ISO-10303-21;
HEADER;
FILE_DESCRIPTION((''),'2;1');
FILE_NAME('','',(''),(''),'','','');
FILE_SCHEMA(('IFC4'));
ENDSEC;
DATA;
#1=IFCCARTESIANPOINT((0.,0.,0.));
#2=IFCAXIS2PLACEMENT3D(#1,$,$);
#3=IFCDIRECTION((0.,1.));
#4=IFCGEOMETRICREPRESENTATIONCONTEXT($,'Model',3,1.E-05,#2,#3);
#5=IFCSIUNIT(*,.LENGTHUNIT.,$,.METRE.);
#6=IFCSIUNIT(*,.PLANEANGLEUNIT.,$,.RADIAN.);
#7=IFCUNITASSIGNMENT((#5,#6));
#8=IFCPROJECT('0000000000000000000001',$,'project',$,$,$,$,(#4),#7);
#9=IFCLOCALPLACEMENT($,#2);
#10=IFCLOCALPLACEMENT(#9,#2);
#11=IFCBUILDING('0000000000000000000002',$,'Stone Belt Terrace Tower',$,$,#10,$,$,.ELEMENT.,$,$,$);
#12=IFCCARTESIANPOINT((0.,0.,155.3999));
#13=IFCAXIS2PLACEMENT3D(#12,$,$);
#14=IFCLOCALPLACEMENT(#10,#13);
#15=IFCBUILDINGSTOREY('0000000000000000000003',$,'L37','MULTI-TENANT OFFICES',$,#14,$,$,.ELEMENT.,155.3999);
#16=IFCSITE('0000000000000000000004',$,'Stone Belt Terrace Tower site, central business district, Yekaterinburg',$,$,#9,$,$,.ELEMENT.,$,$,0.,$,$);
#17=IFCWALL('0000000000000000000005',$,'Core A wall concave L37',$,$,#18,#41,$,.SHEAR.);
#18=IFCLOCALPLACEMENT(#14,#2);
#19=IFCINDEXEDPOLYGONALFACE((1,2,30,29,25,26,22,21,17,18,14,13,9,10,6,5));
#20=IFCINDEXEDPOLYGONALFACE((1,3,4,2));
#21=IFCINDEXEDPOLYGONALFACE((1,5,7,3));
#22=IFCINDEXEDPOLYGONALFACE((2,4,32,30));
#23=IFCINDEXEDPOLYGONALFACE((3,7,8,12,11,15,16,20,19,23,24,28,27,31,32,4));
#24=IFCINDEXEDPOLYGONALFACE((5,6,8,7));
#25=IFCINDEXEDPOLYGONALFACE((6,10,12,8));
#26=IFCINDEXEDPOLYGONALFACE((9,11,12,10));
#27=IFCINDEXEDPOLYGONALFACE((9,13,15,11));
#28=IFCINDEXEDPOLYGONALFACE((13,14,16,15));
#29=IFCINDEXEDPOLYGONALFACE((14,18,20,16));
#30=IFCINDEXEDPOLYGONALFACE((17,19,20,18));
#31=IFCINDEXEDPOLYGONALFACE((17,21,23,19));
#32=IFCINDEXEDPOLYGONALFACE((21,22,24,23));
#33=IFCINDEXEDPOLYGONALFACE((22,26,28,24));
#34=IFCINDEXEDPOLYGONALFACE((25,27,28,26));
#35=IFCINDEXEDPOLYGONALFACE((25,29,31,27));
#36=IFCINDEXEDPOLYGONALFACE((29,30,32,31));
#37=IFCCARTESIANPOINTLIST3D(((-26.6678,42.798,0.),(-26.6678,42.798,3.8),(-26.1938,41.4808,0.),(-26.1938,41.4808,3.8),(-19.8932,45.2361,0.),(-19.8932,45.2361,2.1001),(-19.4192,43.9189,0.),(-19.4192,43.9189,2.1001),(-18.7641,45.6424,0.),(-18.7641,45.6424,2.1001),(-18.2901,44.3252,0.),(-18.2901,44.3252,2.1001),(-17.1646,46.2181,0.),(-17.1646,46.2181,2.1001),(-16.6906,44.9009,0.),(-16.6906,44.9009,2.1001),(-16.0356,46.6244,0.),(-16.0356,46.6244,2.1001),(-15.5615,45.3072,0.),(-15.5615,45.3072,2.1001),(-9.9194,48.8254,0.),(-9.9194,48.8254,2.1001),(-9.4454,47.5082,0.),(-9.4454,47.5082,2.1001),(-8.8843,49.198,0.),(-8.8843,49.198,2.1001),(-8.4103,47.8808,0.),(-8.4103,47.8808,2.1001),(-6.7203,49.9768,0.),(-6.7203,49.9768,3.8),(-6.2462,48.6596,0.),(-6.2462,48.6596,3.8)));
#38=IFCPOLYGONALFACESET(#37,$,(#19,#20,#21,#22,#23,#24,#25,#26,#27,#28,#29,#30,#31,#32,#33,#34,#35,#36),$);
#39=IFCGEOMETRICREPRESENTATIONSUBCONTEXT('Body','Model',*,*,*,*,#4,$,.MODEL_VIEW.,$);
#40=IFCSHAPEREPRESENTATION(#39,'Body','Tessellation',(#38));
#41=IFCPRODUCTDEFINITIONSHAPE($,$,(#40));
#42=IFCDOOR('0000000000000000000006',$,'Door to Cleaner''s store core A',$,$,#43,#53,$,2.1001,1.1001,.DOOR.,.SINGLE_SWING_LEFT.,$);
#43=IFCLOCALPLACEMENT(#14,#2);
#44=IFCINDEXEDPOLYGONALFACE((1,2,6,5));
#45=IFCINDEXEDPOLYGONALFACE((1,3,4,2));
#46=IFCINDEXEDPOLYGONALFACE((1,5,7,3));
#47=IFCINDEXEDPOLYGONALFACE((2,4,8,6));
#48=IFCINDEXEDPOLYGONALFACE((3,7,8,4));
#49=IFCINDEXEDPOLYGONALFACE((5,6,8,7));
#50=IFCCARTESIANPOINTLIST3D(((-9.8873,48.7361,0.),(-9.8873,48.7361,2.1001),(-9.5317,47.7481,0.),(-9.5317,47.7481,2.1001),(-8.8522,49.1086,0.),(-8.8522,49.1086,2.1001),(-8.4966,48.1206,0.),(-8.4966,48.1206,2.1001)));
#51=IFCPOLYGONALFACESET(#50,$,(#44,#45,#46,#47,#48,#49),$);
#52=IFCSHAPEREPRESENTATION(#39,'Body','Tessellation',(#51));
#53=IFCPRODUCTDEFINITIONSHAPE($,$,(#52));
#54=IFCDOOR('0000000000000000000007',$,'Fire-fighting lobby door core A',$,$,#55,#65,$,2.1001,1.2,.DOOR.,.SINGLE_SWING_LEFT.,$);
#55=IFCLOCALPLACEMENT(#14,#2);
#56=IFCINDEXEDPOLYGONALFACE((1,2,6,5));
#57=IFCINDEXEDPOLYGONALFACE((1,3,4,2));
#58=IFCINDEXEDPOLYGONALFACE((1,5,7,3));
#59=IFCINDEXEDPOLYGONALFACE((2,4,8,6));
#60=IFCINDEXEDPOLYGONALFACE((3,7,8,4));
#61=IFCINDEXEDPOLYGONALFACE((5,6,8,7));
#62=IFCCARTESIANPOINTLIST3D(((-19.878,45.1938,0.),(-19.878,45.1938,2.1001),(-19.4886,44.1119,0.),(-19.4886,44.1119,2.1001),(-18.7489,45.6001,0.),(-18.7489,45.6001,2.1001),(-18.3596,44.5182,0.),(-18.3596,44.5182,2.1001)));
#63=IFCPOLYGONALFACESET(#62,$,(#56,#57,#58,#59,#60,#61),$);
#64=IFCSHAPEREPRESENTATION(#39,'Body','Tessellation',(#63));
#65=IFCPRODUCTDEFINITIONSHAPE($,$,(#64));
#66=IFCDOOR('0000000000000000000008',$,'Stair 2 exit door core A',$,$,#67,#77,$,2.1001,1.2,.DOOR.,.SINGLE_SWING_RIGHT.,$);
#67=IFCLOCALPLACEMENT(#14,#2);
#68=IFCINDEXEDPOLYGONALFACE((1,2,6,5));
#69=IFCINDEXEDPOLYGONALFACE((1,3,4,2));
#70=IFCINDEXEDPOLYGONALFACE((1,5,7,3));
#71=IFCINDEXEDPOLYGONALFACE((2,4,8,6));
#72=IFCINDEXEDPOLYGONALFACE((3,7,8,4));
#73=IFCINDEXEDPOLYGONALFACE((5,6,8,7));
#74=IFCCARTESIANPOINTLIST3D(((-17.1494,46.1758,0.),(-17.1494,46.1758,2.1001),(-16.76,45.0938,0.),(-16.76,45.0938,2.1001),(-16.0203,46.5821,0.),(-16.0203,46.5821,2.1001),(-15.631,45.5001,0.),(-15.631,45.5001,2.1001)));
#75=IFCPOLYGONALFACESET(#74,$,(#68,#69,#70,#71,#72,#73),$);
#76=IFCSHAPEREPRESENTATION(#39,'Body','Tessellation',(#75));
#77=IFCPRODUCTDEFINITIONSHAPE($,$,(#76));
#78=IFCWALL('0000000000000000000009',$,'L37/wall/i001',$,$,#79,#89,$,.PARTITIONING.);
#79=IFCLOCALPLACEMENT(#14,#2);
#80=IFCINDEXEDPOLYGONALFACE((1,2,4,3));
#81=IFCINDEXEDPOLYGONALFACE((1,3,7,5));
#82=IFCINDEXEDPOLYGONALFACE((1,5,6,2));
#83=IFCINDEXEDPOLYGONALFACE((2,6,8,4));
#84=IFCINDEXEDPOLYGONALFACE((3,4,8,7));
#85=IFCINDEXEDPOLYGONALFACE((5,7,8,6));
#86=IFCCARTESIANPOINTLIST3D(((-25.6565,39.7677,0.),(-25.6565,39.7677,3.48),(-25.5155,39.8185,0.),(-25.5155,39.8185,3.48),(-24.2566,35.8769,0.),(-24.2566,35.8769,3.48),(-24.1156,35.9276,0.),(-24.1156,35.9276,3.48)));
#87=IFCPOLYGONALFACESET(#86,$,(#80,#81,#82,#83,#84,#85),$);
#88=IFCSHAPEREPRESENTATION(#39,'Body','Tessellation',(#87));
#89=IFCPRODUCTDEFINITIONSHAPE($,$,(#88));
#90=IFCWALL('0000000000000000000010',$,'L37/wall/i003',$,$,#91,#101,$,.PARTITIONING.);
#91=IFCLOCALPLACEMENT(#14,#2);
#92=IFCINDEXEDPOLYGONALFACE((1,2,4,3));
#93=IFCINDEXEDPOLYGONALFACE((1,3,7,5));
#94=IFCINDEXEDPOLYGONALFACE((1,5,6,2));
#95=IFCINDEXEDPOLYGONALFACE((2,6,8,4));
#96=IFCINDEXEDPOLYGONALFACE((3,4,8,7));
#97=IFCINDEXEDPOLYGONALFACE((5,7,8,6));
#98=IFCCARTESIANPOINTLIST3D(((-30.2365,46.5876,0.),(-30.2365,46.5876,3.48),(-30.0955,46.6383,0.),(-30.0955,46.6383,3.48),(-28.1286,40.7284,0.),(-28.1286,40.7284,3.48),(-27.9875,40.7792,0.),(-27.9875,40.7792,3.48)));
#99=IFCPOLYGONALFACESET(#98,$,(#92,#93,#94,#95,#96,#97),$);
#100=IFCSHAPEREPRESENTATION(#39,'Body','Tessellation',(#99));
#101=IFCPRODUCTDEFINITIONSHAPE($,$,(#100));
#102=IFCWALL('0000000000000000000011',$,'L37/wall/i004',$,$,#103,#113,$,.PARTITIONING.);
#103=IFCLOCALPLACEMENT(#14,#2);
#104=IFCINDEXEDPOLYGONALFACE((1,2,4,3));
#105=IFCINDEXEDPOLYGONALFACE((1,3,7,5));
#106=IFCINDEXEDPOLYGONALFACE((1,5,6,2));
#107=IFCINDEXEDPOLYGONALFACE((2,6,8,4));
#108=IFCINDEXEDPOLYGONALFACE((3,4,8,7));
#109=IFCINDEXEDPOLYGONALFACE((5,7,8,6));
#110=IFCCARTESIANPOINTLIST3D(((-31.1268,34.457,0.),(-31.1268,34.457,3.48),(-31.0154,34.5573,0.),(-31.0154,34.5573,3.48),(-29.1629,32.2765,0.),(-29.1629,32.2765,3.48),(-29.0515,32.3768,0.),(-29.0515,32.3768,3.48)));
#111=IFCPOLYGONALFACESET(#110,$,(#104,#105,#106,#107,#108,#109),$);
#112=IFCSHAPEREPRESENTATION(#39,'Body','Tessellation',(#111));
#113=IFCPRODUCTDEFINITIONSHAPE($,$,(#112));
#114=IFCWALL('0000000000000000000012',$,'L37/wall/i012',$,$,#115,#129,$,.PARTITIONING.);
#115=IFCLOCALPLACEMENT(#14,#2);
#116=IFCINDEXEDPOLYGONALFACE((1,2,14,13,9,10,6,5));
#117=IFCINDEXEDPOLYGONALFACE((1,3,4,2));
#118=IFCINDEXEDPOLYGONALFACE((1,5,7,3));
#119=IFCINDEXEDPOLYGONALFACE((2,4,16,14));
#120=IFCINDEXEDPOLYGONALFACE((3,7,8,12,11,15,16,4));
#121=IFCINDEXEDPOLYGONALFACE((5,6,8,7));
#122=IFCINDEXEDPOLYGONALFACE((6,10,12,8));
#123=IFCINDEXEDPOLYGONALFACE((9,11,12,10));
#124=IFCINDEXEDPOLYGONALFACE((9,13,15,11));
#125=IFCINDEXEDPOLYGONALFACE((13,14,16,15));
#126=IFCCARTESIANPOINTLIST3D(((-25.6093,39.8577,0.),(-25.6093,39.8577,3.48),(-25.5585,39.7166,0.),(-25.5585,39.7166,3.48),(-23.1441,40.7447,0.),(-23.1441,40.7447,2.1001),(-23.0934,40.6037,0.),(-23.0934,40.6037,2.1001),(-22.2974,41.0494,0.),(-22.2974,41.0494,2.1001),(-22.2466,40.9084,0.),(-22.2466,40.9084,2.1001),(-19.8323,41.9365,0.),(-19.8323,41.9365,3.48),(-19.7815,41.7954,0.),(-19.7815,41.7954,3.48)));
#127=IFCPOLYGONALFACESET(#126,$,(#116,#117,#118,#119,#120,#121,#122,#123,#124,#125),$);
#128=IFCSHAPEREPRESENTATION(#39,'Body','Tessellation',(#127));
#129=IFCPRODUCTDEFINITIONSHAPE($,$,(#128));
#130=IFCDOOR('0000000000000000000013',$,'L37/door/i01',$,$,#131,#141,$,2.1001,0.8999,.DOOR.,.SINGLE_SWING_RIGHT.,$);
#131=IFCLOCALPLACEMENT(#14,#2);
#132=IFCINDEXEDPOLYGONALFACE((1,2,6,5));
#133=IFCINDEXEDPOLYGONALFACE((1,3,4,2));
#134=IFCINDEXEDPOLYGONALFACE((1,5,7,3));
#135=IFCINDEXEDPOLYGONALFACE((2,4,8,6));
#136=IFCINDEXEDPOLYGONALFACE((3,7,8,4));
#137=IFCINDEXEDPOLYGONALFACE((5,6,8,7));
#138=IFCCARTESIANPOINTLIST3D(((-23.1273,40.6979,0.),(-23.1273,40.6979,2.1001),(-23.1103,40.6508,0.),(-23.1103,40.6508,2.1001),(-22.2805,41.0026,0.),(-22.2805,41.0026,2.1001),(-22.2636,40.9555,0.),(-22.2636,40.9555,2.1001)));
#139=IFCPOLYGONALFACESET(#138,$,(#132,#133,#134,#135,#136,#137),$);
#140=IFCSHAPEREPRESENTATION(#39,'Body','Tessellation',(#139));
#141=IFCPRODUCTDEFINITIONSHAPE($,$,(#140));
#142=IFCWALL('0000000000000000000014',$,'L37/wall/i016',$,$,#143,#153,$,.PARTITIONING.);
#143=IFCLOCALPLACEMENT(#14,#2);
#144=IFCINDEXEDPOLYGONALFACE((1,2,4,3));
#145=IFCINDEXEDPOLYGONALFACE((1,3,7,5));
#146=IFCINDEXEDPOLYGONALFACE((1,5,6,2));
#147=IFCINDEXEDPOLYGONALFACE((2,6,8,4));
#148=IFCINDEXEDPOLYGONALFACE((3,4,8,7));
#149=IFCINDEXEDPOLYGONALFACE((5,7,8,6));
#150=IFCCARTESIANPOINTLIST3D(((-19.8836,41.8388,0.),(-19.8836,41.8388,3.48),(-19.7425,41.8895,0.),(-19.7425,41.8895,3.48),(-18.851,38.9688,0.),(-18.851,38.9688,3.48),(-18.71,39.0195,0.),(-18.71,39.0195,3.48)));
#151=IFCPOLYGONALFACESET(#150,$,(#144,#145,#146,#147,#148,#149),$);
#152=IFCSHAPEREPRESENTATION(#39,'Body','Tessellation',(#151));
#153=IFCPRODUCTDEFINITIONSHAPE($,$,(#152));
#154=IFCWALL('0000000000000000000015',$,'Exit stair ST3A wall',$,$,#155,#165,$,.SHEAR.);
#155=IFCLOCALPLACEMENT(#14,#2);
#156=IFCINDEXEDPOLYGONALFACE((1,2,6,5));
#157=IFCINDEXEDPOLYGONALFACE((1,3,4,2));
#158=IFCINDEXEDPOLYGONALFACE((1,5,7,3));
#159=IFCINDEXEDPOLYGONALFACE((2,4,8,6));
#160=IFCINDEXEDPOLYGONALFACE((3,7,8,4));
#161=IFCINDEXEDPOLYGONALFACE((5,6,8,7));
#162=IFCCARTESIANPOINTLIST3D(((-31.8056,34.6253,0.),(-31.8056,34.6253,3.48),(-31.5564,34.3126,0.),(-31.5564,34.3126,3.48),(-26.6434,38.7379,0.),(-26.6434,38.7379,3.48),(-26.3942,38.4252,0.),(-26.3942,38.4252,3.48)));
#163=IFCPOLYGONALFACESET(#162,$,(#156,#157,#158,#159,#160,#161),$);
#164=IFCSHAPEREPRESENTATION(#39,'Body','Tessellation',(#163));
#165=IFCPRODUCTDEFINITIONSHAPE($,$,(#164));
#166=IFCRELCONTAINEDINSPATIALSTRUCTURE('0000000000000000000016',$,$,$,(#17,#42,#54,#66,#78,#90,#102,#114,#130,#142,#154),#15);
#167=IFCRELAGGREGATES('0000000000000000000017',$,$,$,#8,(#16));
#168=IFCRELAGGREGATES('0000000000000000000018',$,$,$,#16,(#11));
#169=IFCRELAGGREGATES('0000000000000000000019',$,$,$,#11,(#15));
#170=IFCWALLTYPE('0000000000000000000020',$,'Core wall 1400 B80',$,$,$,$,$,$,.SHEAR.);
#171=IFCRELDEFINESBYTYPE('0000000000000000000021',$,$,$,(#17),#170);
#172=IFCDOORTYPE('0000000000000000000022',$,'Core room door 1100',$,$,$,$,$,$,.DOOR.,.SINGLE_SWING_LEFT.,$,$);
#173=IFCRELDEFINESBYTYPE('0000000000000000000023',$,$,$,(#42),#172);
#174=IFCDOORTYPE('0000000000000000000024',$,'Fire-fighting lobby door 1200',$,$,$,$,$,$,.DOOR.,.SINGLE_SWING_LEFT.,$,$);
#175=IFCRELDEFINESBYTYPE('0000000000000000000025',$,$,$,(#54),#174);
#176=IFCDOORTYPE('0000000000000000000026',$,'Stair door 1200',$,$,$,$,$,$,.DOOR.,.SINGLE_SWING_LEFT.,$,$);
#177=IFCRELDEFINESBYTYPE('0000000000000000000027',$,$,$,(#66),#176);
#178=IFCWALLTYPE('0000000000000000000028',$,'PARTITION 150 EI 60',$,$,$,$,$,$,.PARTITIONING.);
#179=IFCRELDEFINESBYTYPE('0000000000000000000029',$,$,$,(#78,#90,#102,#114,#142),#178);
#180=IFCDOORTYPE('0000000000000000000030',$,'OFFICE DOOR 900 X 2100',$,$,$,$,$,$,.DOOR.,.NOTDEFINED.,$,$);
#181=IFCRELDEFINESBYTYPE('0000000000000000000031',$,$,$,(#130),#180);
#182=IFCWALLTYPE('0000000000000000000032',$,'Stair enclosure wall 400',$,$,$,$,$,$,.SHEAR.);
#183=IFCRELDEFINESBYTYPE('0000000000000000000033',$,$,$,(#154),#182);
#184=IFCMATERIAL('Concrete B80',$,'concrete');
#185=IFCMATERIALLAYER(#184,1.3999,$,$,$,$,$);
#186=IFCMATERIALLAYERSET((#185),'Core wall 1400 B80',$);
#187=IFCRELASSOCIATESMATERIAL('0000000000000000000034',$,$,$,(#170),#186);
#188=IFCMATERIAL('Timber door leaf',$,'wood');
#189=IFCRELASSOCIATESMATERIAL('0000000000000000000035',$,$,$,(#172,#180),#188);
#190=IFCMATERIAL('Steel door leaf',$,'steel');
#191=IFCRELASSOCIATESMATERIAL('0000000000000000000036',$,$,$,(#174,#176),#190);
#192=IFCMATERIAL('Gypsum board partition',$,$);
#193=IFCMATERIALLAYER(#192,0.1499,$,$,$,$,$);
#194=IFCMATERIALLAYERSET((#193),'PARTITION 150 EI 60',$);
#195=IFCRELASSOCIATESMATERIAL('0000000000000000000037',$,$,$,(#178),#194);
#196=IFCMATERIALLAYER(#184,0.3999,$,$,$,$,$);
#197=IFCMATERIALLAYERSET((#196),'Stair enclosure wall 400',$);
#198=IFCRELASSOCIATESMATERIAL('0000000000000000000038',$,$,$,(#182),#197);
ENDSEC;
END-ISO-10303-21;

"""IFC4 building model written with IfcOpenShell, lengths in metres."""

from ifc_helpers import new_model, si_unit, direction, frame, frame_2d, origin, place, context, subcontext, project, spatial, rectangle, extrude, material, layer, layer_set, type_object, element, fill, save


model = new_model("IFC4")

# Units and contexts
model_context = context("Model", 3, precision=1e-05, world=origin(), true_north=direction((0.0, 1.0)))
body_context = subcontext(model_context, "Body", "Model", "MODEL_VIEW")
ifc_project = project(units=[si_unit("LENGTHUNIT", "METRE"), si_unit("PLANEANGLEUNIT", "RADIAN")], contexts=[model_context])

# Site, building, storey
site_placement = place(None, origin())
site = spatial("IfcSite", under=ifc_project, at=site_placement, Name="Stone Belt Terrace Tower site, central business district, Yekaterinburg", CompositionType="ELEMENT", RefElevation=0.0)
building_placement = place(site_placement, origin())
building = spatial("IfcBuilding", under=site, at=building_placement, Name="Stone Belt Terrace Tower", CompositionType="ELEMENT")
storey_placement = place(building_placement, frame((0.0, 0.0, 155.3999)))
storey = spatial("IfcBuildingStorey", under=building, at=storey_placement, Name="L37", Description="MULTI-TENANT OFFICES", CompositionType="ELEMENT", Elevation=155.3999)

# Shared definitions
ifc_material_1 = material(Name="Concrete B80", Category="concrete")

# Wall, openings, doors
ifc_layer_1 = layer(ifc_material_1, 1.3999)
ifc_layer_set_1 = layer_set([ifc_layer_1], Name="Core wall 1400 B80")
wall_type_1 = type_object("IfcWallType", Name="Core wall 1400 B80", PredefinedType="SHEAR", material=ifc_layer_set_1)
wall_1_placement = place(storey_placement, frame((-26.4309, 42.1394, 0.0), z_axis=(0.0, 0.0, 1.0), x_axis=(0.940923, 0.33862, 0.0)))
wall_1 = element("IfcWall", 1, at=wall_1_placement, inside=storey, type_object=wall_type_1, Name="Core A wall concave L37", PredefinedType="SHEAR", context=body_context, shape_type="SweptSolid", body=[
    extrude(rectangle(XDim=21.2, YDim=1.3999, at=frame_2d((10.6001, 0.0))), origin(), (0.0, 0.0, 1.0), 3.8),
])
opening_1_placement = place(wall_1_placement, frame((7.2, 0.0, 0.0)))
opening_1 = element("IfcOpeningElement", 2, at=opening_1_placement, cuts=wall_1, PredefinedType="OPENING", context=body_context, shape_type="SweptSolid", body=[
    extrude(rectangle(XDim=1.2, YDim=2.1001, at=frame_2d((0.6001, 1.05))), frame((0.0, 0.71, 0.0), z_axis=(0.0, -1.0, 0.0), x_axis=(1.0, 0.0, 0.0)), (0.0, 0.0, 1.0), 1.4199),
])
opening_2_placement = place(wall_1_placement, frame((10.0999, 0.0, 0.0)))
opening_2 = element("IfcOpeningElement", 3, at=opening_2_placement, cuts=wall_1, PredefinedType="OPENING", context=body_context, shape_type="SweptSolid", body=[
    extrude(rectangle(XDim=1.2, YDim=2.1001, at=frame_2d((0.6001, 1.05))), frame((0.0, 0.71, 0.0), z_axis=(0.0, -1.0, 0.0), x_axis=(1.0, 0.0, 0.0)), (0.0, 0.0, 1.0), 1.4199),
])
opening_3_placement = place(wall_1_placement, frame((17.8, 0.0, 0.0)))
opening_3 = element("IfcOpeningElement", 4, at=opening_3_placement, cuts=wall_1, PredefinedType="OPENING", context=body_context, shape_type="SweptSolid", body=[
    extrude(rectangle(XDim=1.1001, YDim=2.1001, at=frame_2d((0.55, 1.05))), frame((0.0, 0.71, 0.0), z_axis=(0.0, -1.0, 0.0), x_axis=(1.0, 0.0, 0.0)), (0.0, 0.0, 1.0), 1.4199),
])
ifc_material_2 = material(Name="Timber door leaf", Category="wood")
door_type_1 = type_object("IfcDoorType", Name="Core room door 1100", OperationType="SINGLE_SWING_LEFT", PredefinedType="DOOR", material=ifc_material_2)
door_1_placement = place(opening_3_placement, origin())
door_1 = element("IfcDoor", 5, at=door_1_placement, inside=storey, type_object=door_type_1, Name="Door to Cleaner's store core A", OperationType="SINGLE_SWING_LEFT", OverallHeight=2.1001, OverallWidth=1.1001, PredefinedType="DOOR", context=body_context, shape_type="SweptSolid", body=[
    extrude(rectangle(XDim=1.1001, YDim=2.1001, at=frame_2d((0.55, 1.05))), frame((0.0, 0.605, 0.0), z_axis=(0.0, -1.0, 0.0), x_axis=(1.0, 0.0, 0.0)), (0.0, 0.0, 1.0), 1.05),
])
fill(opening_3, door_1)
ifc_material_3 = material(Name="Steel door leaf", Category="steel")
door_type_2 = type_object("IfcDoorType", Name="Fire-fighting lobby door 1200", OperationType="SINGLE_SWING_LEFT", PredefinedType="DOOR", material=ifc_material_3)
door_2_placement = place(opening_1_placement, origin())
door_2 = element("IfcDoor", 6, at=door_2_placement, inside=storey, type_object=door_type_2, Name="Fire-fighting lobby door core A", OperationType="SINGLE_SWING_LEFT", OverallHeight=2.1001, OverallWidth=1.2, PredefinedType="DOOR", context=body_context, shape_type="SweptSolid", body=[
    extrude(rectangle(XDim=1.2, YDim=2.1001, at=frame_2d((0.6001, 1.05))), frame((0.0, 0.655, 0.0), z_axis=(0.0, -1.0, 0.0), x_axis=(1.0, 0.0, 0.0)), (0.0, 0.0, 1.0), 1.1499),
])
fill(opening_1, door_2)
door_type_3 = type_object("IfcDoorType", Name="Stair door 1200", OperationType="SINGLE_SWING_LEFT", PredefinedType="DOOR", material=ifc_material_3)
door_3_placement = place(opening_2_placement, origin())
door_3 = element("IfcDoor", 7, at=door_3_placement, inside=storey, type_object=door_type_3, Name="Stair 2 exit door core A", OperationType="SINGLE_SWING_RIGHT", OverallHeight=2.1001, OverallWidth=1.2, PredefinedType="DOOR", context=body_context, shape_type="SweptSolid", body=[
    extrude(rectangle(XDim=1.2, YDim=2.1001, at=frame_2d((0.6001, 1.05))), frame((0.0, 0.655, 0.0), z_axis=(0.0, -1.0, 0.0), x_axis=(1.0, 0.0, 0.0)), (0.0, 0.0, 1.0), 1.1499),
])
fill(opening_2, door_3)

# Walls
ifc_material_4 = material(Name="Gypsum board partition")
ifc_layer_2 = layer(ifc_material_4, 0.1499)
ifc_layer_set_2 = layer_set([ifc_layer_2], Name="PARTITION 150 EI 60")
wall_type_2 = type_object("IfcWallType", Name="PARTITION 150 EI 60", PredefinedType="PARTITIONING", material=ifc_layer_set_2)
wall_2_placement = place(storey_placement, frame((-25.5859, 39.793, 0.0), z_axis=(0.0, 0.0, 1.0), x_axis=(0.338546, -0.94095, 0.0)))
element("IfcWall", 8, at=wall_2_placement, inside=storey, type_object=wall_type_2, Name="L37/wall/i001", PredefinedType="PARTITIONING", context=body_context, shape_type="SweptSolid", body=[
    extrude(rectangle(XDim=4.135, YDim=0.1499, at=frame_2d((2.0674, 0.0))), origin(), (0.0, 0.0, 1.0), 3.48),
])
wall_3_placement = place(storey_placement, frame((-28.0581, 40.7539, 0.0), z_axis=(0.0, 0.0, 1.0), x_axis=(-0.338524, 0.940958, 0.0)))
element("IfcWall", 9, at=wall_3_placement, inside=storey, type_object=wall_type_2, Name="L37/wall/i003", PredefinedType="PARTITIONING", context=body_context, shape_type="SweptSolid", body=[
    extrude(rectangle(XDim=6.2268, YDim=0.1499, at=frame_2d((3.1133, 0.0))), origin(), (0.0, 0.0, 1.0), 3.48),
])
wall_4_placement = place(storey_placement, frame((-29.1072, 32.3267, 0.0), z_axis=(0.0, 0.0, 1.0), x_axis=(-0.669245, 0.743042, 0.0)))
element("IfcWall", 10, at=wall_4_placement, inside=storey, type_object=wall_type_2, Name="L37/wall/i004", PredefinedType="PARTITIONING", context=body_context, shape_type="SweptSolid", body=[
    extrude(rectangle(XDim=2.9346, YDim=0.1499, at=frame_2d((1.4673, 0.0))), origin(), (0.0, 0.0, 1.0), 3.48),
])

# Wall, opening, door
wall_5_placement = place(storey_placement, frame((-19.8069, 41.866, 0.0), z_axis=(0.0, 0.0, 1.0), x_axis=(-0.940934, -0.33859, 0.0)))
wall_5 = element("IfcWall", 11, at=wall_5_placement, inside=storey, type_object=wall_type_2, Name="L37/wall/i012", PredefinedType="PARTITIONING", context=body_context, shape_type="SweptSolid", body=[
    extrude(rectangle(XDim=6.1396, YDim=0.1499, at=frame_2d((3.0698, 0.0))), origin(), (0.0, 0.0, 1.0), 3.48),
])
opening_4_placement = place(wall_5_placement, frame((2.6199, 0.0, 0.0)))
opening_4 = element("IfcOpeningElement", 12, at=opening_4_placement, cuts=wall_5, PredefinedType="OPENING", context=body_context, shape_type="SweptSolid", body=[
    extrude(rectangle(XDim=0.8999, YDim=2.1001, at=frame_2d((0.45, 1.05))), frame((0.0, 0.085, 0.0), z_axis=(0.0, -1.0, 0.0), x_axis=(1.0, 0.0, 0.0)), (0.0, 0.0, 1.0), 0.1699),
])
door_type_4 = type_object("IfcDoorType", Name="OFFICE DOOR 900 X 2100", OperationType="NOTDEFINED", PredefinedType="DOOR", material=ifc_material_2)
door_4_placement = place(opening_4_placement, origin())
door_4 = element("IfcDoor", 13, at=door_4_placement, inside=storey, type_object=door_type_4, Name="L37/door/i01", OperationType="SINGLE_SWING_RIGHT", OverallHeight=2.1001, OverallWidth=0.8999, PredefinedType="DOOR", context=body_context, shape_type="SweptSolid", body=[
    extrude(rectangle(XDim=0.8999, YDim=2.1001, at=frame_2d((0.45, 1.05))), frame((0.0, 0.0249, 0.0), z_axis=(0.0, -1.0, 0.0), x_axis=(1.0, 0.0, 0.0)), (0.0, 0.0, 1.0), 0.05),
])
fill(opening_4, door_4)

# Walls
wall_6_placement = place(storey_placement, frame((-19.813, 41.864, 0.0), z_axis=(0.0, 0.0, 1.0), x_axis=(0.338521, -0.940959, 0.0)))
element("IfcWall", 14, at=wall_6_placement, inside=storey, type_object=wall_type_2, Name="L37/wall/i016", PredefinedType="PARTITIONING", context=body_context, shape_type="SweptSolid", body=[
    extrude(rectangle(XDim=3.05, YDim=0.1499, at=frame_2d((1.5249, 0.0))), origin(), (0.0, 0.0, 1.0), 3.48),
])
ifc_layer_3 = layer(ifc_material_1, 0.3999)
ifc_layer_set_3 = layer_set([ifc_layer_3], Name="Stair enclosure wall 400")
wall_type_3 = type_object("IfcWallType", Name="Stair enclosure wall 400", PredefinedType="SHEAR", material=ifc_layer_set_3)
wall_7_placement = place(storey_placement, frame((-26.5188, 38.5815, 0.0), z_axis=(0.0, 0.0, 1.0), x_axis=(-0.782134, -0.62311, 0.0)))
element("IfcWall", 15, at=wall_7_placement, inside=storey, type_object=wall_type_3, Name="Exit stair ST3A wall", PredefinedType="SHEAR", context=body_context, shape_type="SweptSolid", body=[
    extrude(rectangle(XDim=6.6001, YDim=0.3999, at=frame_2d((3.3, 0.0))), origin(), (0.0, 0.0, 1.0), 3.48),
])

save(model, "model.ifc")
